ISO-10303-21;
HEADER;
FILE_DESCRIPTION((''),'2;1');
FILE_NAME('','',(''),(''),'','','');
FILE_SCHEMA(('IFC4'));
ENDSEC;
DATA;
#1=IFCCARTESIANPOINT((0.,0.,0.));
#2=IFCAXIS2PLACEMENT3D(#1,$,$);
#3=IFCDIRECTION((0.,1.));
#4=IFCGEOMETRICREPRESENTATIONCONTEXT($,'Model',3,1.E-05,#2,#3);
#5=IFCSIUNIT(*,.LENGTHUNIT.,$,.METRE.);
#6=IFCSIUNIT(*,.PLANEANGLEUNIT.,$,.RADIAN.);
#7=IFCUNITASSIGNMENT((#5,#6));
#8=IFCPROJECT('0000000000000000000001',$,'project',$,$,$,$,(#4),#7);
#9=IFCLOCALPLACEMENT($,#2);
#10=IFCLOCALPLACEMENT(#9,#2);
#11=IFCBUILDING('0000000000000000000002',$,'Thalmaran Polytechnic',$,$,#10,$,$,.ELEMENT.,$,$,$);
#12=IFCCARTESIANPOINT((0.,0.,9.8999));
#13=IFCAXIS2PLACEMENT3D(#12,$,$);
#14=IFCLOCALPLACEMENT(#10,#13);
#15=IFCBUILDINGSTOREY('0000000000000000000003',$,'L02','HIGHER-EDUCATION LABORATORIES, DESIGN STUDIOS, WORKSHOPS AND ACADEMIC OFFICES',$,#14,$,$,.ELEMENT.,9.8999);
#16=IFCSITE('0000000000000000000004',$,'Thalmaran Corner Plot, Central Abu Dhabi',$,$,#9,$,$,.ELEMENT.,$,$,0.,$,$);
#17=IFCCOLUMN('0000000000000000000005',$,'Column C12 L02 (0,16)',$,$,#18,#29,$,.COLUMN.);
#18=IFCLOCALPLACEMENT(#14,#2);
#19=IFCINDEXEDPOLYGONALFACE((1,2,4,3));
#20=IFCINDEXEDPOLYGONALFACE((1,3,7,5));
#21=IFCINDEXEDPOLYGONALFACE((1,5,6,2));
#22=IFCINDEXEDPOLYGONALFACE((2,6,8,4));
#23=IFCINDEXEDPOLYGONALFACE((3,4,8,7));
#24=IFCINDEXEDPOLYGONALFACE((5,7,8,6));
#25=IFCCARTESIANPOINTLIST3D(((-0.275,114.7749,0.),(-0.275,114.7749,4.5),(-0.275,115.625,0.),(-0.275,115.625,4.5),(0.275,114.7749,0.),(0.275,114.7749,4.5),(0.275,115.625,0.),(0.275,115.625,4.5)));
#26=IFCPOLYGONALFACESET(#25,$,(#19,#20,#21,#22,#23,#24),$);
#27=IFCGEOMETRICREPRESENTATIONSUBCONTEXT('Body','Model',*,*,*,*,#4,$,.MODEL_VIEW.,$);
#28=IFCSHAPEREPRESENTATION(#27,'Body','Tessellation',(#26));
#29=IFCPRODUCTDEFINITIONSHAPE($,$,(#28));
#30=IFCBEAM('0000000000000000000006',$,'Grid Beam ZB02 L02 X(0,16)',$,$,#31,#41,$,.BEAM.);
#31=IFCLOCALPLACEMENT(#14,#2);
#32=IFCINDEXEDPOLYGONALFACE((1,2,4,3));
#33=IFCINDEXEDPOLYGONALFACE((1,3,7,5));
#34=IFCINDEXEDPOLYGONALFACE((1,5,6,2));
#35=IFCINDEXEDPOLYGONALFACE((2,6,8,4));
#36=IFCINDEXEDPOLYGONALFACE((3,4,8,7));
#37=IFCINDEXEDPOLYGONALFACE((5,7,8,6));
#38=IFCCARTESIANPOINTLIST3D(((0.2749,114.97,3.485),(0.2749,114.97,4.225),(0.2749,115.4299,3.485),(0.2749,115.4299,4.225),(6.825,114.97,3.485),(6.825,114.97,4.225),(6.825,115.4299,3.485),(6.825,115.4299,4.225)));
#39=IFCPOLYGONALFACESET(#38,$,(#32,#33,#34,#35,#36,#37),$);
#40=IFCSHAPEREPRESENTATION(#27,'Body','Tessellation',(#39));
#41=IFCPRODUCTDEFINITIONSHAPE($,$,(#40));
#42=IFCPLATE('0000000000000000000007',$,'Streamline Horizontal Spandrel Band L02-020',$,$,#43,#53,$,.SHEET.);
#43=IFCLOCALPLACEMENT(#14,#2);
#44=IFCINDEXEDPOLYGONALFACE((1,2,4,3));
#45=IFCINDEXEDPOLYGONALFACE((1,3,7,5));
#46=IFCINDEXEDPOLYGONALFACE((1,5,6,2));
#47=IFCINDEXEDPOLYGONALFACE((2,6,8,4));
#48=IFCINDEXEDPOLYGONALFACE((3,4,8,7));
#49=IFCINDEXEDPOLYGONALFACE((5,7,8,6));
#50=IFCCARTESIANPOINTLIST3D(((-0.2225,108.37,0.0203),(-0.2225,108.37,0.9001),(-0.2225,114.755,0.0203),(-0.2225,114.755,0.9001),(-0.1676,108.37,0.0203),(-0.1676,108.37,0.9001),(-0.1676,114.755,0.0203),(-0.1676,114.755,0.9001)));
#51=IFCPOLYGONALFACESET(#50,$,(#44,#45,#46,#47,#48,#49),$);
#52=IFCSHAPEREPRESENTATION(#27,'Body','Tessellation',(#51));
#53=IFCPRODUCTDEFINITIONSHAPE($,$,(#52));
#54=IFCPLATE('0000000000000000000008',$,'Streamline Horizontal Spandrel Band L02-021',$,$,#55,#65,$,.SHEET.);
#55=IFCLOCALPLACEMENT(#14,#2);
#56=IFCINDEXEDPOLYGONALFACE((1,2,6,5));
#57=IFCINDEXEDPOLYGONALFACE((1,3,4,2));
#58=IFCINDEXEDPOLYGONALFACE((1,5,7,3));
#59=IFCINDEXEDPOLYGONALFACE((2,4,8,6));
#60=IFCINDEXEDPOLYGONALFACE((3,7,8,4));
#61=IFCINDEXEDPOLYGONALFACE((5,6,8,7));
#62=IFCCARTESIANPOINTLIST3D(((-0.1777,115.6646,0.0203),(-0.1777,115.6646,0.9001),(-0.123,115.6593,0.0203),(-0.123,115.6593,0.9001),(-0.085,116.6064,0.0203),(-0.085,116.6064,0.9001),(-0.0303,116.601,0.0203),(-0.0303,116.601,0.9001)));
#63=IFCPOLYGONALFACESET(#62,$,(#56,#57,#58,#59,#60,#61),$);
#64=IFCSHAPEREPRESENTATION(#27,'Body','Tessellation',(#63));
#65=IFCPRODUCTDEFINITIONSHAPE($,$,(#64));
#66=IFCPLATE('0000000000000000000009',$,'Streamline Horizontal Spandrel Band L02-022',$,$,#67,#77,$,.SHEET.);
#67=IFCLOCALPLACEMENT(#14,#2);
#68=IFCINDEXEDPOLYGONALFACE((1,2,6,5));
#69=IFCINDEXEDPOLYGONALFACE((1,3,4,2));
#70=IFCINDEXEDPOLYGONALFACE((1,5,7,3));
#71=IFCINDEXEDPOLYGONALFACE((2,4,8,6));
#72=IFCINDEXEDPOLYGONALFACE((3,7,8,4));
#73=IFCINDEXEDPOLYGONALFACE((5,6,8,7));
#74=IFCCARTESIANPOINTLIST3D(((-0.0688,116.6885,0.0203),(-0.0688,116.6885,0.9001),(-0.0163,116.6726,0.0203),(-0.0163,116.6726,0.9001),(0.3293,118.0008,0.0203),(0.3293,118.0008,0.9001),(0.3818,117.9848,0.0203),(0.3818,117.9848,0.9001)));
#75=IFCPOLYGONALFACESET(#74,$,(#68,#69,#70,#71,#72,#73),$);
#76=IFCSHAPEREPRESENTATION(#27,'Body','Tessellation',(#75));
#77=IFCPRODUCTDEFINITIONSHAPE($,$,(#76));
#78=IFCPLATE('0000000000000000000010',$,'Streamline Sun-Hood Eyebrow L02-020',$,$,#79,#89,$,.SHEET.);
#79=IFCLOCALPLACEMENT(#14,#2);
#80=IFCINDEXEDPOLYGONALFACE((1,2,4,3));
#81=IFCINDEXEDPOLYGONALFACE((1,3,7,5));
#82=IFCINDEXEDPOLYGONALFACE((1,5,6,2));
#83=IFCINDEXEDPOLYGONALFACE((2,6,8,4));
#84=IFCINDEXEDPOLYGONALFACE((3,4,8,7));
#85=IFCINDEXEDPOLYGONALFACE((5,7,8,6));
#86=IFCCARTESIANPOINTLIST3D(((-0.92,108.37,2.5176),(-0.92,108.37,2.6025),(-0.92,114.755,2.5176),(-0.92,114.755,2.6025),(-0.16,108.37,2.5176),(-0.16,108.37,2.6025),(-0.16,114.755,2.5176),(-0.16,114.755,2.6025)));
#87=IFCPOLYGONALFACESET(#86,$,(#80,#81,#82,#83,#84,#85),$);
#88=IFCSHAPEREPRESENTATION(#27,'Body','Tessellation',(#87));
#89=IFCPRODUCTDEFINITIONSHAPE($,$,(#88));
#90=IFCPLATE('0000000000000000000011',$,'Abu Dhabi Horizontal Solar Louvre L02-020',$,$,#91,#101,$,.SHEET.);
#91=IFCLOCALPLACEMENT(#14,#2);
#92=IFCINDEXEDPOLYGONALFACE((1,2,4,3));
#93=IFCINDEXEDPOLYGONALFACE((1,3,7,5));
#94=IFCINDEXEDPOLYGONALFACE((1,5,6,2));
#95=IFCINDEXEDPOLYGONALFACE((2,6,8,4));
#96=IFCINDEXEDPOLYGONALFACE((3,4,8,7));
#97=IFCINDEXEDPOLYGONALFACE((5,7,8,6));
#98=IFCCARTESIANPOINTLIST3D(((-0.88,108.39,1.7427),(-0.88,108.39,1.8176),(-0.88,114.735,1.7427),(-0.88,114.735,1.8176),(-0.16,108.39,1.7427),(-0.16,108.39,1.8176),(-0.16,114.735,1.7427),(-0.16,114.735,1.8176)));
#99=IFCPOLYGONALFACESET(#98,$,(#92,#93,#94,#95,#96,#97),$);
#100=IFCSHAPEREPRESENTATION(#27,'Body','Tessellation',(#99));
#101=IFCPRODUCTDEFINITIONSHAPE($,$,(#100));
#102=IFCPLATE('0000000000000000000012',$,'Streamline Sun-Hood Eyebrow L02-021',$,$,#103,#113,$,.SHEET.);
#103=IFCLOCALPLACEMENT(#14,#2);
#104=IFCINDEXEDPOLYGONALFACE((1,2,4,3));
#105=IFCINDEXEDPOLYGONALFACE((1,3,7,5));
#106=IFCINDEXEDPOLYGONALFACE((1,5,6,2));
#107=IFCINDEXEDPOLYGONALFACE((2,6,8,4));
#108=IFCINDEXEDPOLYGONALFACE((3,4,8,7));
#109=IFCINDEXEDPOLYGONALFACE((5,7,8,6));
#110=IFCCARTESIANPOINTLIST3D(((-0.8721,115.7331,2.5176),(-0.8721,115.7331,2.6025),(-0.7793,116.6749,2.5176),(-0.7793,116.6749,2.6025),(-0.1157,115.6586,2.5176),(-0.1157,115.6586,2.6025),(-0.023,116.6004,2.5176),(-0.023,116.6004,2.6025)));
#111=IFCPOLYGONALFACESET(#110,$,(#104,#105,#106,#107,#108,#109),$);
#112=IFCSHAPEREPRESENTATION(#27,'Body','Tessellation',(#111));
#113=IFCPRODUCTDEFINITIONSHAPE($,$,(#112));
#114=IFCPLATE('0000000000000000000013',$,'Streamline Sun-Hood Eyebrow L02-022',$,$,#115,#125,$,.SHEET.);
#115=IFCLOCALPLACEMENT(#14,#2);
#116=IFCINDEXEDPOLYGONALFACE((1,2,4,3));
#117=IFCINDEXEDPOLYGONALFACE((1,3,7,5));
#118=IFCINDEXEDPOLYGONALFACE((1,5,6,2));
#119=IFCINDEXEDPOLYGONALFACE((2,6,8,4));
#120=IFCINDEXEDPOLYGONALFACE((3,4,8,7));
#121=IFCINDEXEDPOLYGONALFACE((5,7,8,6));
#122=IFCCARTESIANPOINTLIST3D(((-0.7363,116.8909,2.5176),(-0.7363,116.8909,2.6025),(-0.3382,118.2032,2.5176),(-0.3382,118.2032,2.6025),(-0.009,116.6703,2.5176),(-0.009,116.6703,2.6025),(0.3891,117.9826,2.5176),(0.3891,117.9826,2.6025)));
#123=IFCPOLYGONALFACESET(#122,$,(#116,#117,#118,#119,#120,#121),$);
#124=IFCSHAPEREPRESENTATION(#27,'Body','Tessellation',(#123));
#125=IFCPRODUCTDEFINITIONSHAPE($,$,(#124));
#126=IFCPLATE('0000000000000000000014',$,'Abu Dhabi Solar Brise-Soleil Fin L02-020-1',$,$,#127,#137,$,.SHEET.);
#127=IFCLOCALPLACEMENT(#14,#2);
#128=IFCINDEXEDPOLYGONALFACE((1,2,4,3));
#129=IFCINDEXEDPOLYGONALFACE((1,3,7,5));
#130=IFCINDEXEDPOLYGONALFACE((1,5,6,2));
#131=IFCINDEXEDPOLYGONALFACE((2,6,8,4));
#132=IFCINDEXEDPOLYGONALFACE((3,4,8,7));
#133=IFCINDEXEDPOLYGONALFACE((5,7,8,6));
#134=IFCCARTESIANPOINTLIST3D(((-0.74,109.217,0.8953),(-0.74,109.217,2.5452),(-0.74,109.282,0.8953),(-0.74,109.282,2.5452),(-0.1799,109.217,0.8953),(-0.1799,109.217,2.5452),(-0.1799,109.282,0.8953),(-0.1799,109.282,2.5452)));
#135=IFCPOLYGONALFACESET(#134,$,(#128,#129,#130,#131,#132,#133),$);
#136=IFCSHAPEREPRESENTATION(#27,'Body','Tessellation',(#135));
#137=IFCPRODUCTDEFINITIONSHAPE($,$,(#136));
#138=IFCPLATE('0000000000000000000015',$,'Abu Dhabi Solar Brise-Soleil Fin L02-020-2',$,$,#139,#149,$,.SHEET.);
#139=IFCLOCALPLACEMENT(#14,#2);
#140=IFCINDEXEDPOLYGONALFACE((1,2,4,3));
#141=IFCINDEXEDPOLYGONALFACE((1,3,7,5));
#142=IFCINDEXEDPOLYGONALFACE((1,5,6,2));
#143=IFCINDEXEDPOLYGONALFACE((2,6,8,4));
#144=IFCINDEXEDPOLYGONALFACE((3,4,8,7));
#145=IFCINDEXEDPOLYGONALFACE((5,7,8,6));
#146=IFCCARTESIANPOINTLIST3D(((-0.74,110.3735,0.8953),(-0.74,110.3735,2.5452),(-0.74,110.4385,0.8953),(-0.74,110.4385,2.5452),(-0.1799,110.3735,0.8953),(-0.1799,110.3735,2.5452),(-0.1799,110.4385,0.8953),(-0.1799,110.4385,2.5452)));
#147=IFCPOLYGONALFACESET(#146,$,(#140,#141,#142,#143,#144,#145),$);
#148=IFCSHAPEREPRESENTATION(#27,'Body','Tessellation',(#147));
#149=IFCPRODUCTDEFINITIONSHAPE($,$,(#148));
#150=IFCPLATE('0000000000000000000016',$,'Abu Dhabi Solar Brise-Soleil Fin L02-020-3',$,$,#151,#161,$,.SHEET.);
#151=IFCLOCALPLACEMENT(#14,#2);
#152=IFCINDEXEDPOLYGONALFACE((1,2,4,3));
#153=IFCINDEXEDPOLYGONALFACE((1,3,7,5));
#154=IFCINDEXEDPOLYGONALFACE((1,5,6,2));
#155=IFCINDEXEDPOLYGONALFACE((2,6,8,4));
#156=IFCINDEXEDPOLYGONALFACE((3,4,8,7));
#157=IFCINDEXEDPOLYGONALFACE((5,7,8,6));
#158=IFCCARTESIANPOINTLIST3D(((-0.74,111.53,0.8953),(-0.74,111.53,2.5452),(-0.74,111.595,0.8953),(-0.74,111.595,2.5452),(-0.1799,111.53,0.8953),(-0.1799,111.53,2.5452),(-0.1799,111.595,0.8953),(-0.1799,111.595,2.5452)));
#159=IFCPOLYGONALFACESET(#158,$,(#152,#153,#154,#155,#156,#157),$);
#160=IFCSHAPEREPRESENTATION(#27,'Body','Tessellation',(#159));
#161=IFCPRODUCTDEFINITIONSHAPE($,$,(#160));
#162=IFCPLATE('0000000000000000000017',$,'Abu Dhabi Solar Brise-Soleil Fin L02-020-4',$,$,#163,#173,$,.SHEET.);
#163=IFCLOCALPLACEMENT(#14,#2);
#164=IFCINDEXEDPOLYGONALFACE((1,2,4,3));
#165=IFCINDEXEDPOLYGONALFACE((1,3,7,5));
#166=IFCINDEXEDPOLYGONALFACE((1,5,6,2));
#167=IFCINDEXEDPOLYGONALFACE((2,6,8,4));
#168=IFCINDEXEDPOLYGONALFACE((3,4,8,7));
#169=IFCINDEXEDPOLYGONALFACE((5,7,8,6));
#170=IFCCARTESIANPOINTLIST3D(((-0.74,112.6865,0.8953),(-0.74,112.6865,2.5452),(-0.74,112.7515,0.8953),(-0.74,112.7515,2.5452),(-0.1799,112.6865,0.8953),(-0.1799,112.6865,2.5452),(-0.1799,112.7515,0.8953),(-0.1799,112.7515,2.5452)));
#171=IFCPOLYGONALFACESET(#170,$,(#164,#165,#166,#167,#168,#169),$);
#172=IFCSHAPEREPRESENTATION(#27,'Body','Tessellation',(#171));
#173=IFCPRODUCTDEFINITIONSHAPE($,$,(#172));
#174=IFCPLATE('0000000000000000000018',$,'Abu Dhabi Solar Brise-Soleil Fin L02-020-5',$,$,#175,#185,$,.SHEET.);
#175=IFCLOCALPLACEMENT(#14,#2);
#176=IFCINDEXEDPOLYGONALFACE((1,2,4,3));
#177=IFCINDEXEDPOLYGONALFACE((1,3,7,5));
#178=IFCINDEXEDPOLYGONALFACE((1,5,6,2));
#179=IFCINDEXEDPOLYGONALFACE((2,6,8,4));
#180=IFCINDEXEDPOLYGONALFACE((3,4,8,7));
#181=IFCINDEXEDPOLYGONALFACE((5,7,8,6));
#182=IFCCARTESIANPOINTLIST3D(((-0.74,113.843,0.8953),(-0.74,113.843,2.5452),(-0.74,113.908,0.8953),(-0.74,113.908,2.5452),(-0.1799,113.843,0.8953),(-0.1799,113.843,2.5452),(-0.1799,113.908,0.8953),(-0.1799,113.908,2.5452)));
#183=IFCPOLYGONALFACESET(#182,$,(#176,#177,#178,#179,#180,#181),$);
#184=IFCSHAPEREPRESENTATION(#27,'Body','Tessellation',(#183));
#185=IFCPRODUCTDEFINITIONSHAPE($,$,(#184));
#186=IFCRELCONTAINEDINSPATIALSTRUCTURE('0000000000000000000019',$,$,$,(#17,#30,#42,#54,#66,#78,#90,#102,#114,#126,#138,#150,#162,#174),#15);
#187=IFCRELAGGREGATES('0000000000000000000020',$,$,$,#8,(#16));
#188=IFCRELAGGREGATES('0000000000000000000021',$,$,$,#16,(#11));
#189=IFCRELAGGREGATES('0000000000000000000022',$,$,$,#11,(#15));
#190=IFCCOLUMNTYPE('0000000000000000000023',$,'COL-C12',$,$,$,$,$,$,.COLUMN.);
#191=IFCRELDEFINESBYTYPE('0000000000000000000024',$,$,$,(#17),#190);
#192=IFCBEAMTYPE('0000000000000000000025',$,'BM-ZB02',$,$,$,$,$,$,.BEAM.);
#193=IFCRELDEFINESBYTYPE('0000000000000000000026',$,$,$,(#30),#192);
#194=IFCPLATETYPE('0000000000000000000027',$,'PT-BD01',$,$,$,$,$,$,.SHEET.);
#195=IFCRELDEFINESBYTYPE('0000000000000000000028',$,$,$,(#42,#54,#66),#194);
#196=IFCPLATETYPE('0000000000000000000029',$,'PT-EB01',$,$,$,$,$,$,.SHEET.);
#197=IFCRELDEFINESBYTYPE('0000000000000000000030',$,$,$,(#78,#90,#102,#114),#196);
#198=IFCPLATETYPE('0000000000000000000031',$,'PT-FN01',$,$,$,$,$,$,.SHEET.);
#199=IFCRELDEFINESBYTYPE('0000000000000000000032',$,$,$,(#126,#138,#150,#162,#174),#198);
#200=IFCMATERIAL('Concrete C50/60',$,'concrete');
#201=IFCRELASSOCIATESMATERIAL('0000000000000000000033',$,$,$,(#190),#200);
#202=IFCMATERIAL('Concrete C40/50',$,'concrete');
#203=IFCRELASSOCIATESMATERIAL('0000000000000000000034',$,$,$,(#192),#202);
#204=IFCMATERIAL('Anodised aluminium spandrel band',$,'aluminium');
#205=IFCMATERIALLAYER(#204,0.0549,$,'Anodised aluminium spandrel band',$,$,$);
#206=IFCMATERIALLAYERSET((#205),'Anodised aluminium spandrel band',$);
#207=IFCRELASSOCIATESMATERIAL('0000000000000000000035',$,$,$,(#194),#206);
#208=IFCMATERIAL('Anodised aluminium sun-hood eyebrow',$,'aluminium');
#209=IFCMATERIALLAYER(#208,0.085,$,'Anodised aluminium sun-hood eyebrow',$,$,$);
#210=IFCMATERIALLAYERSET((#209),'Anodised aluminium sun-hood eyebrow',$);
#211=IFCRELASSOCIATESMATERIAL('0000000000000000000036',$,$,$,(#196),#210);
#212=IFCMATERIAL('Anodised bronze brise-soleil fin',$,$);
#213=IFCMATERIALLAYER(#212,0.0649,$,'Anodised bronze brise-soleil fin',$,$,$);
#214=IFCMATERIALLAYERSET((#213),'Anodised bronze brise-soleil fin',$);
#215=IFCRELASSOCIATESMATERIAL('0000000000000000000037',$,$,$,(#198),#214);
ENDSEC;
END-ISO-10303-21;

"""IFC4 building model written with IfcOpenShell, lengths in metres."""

from ifc_helpers import new_model, si_unit, direction, frame, origin, origin_2d, place, context, subcontext, project, spatial, rectangle, extrude, material, layer, layer_set, material_profile, profile_set, type_object, element, save


model = new_model("IFC4")

# Units and contexts
model_context = context("Model", 3, precision=1e-05, world=origin(), true_north=direction((0.0, 1.0)))
body_context = subcontext(model_context, "Body", "Model", "MODEL_VIEW")
ifc_project = project(units=[si_unit("LENGTHUNIT", "METRE"), si_unit("PLANEANGLEUNIT", "RADIAN")], contexts=[model_context])

# Site, building, storey
site_placement = place(None, origin())
site = spatial("IfcSite", under=ifc_project, at=site_placement, Name="Thalmaran Corner Plot, Central Abu Dhabi", CompositionType="ELEMENT", RefElevation=0.0)
building_placement = place(site_placement, origin())
building = spatial("IfcBuilding", under=site, at=building_placement, Name="Thalmaran Polytechnic", CompositionType="ELEMENT")
storey_placement = place(building_placement, frame((0.0, 0.0, 9.8999)))
storey = spatial("IfcBuildingStorey", under=building, at=storey_placement, Name="L02", Description="HIGHER-EDUCATION LABORATORIES, DESIGN STUDIOS, WORKSHOPS AND ACADEMIC OFFICES", CompositionType="ELEMENT", Elevation=9.8999)

# Column
ifc_material_1 = material(Name="Concrete C50/60", Category="concrete")
ifc_material_profile_1 = material_profile(ifc_material_1, rectangle(XDim=0.55, YDim=0.8501, at=origin_2d()), Name="RC 550x850")
ifc_profile_set_1 = profile_set([ifc_material_profile_1], Name="Concrete C50/60")
column_type = type_object("IfcColumnType", Name="COL-C12", PredefinedType="COLUMN", material=ifc_profile_set_1)
column_placement = place(storey_placement, frame((0.0, 115.2, 0.0), z_axis=(0.0, 0.0, 1.0), x_axis=(1.0, 0.0, 0.0)))
element("IfcColumn", 1, at=column_placement, inside=storey, type_object=column_type, Name="Column C12 L02 (0,16)", PredefinedType="COLUMN", context=body_context, shape_type="SweptSolid", body=[
    extrude(rectangle(XDim=0.55, YDim=0.8501, at=origin_2d()), origin(), (0.0, 0.0, 1.0), 4.5),
])

# Beam
ifc_material_2 = material(Name="Concrete C40/50", Category="concrete")
ifc_material_profile_2 = material_profile(ifc_material_2, rectangle(XDim=0.46, YDim=0.74, at=origin_2d()), Name="RC 460x740")
ifc_profile_set_2 = profile_set([ifc_material_profile_2], Name="Concrete C40/50")
beam_type = type_object("IfcBeamType", Name="BM-ZB02", PredefinedType="BEAM", material=ifc_profile_set_2)
beam_placement = place(storey_placement, frame((0.2749, 115.2, 3.855), z_axis=(1.0, 0.0, 0.0), x_axis=(0.0, 1.0, 0.0)))
element("IfcBeam", 2, at=beam_placement, inside=storey, type_object=beam_type, Name="Grid Beam ZB02 L02 X(0,16)", PredefinedType="BEAM", context=body_context, shape_type="SweptSolid", body=[
    extrude(rectangle(XDim=0.46, YDim=0.74, at=origin_2d()), origin(), (0.0, 0.0, 1.0), 6.55),
])

# Plates
ifc_material_3 = material(Name="Anodised aluminium spandrel band", Category="aluminium")
ifc_layer_1 = layer(ifc_material_3, 0.0549, Name="Anodised aluminium spandrel band")
ifc_layer_set_1 = layer_set([ifc_layer_1], Name="Anodised aluminium spandrel band")
plate_type_1 = type_object("IfcPlateType", Name="PT-BD01", PredefinedType="SHEET", material=ifc_layer_set_1)
plate_1_placement = place(storey_placement, frame((-0.1951, 111.5625, 0.0203), z_axis=(0.0, 0.0, 1.0), x_axis=(0.0, 1.0, 0.0)))
element("IfcPlate", 3, at=plate_1_placement, inside=storey, type_object=plate_type_1, Name="Streamline Horizontal Spandrel Band L02-020", PredefinedType="SHEET", context=body_context, shape_type="SweptSolid", body=[
    extrude(rectangle(XDim=6.385, YDim=0.0549, at=origin_2d()), origin(), (0.0, 0.0, 1.0), 0.8799),
])
plate_2_placement = place(storey_placement, frame((-0.104, 116.1328, 0.0203), z_axis=(0.0, 0.0, 1.0), x_axis=(0.098017, 0.995185, 0.0)))
element("IfcPlate", 4, at=plate_2_placement, inside=storey, type_object=plate_type_1, Name="Streamline Horizontal Spandrel Band L02-021", PredefinedType="SHEET", context=body_context, shape_type="SweptSolid", body=[
    extrude(rectangle(XDim=0.9463, YDim=0.0549, at=origin_2d()), origin(), (0.0, 0.0, 1.0), 0.8799),
])
plate_3_placement = place(storey_placement, frame((0.1565, 117.3367, 0.0203), z_axis=(0.0, 0.0, 1.0), x_axis=(0.290285, 0.95694, 0.0)))
element("IfcPlate", 5, at=plate_3_placement, inside=storey, type_object=plate_type_1, Name="Streamline Horizontal Spandrel Band L02-022", PredefinedType="SHEET", context=body_context, shape_type="SweptSolid", body=[
    extrude(rectangle(XDim=1.3713, YDim=0.0549, at=origin_2d()), origin(), (0.0, 0.0, 1.0), 0.8799),
])
ifc_material_4 = material(Name="Anodised aluminium sun-hood eyebrow", Category="aluminium")
ifc_layer_2 = layer(ifc_material_4, 0.085, Name="Anodised aluminium sun-hood eyebrow")
ifc_layer_set_2 = layer_set([ifc_layer_2], Name="Anodised aluminium sun-hood eyebrow")
plate_type_2 = type_object("IfcPlateType", Name="PT-EB01", PredefinedType="SHEET", material=ifc_layer_set_2)
plate_4_placement = place(storey_placement, frame((-0.54, 111.5625, 2.5176), z_axis=(0.0, 0.0, 1.0), x_axis=(0.0, 1.0, 0.0)))
element("IfcPlate", 6, at=plate_4_placement, inside=storey, type_object=plate_type_2, Name="Streamline Sun-Hood Eyebrow L02-020", PredefinedType="SHEET", context=body_context, shape_type="SweptSolid", body=[
    extrude(rectangle(XDim=6.385, YDim=0.76, at=origin_2d()), origin(), (0.0, 0.0, 1.0), 0.085),
])
plate_5_placement = place(storey_placement, frame((-0.52, 111.5625, 1.7427), z_axis=(0.0, 0.0, 1.0), x_axis=(0.0, 1.0, 0.0)))
element("IfcPlate", 7, at=plate_5_placement, inside=storey, type_object=plate_type_2, Name="Abu Dhabi Horizontal Solar Louvre L02-020", PredefinedType="SHEET", context=body_context, shape_type="SweptSolid", body=[
    extrude(rectangle(XDim=6.345, YDim=0.72, at=origin_2d()), origin(), (0.0, 0.0, 1.0), 0.075),
])
plate_6_placement = place(storey_placement, frame((-0.4475, 116.1667, 2.5176), z_axis=(0.0, 0.0, 1.0), x_axis=(0.098017, 0.995185, 0.0)))
element("IfcPlate", 8, at=plate_6_placement, inside=storey, type_object=plate_type_2, Name="Streamline Sun-Hood Eyebrow L02-021", PredefinedType="SHEET", context=body_context, shape_type="SweptSolid", body=[
    extrude(rectangle(XDim=0.9463, YDim=0.76, at=origin_2d()), origin(), (0.0, 0.0, 1.0), 0.085),
])
plate_7_placement = place(storey_placement, frame((-0.1736, 117.4368, 2.5176), z_axis=(0.0, 0.0, 1.0), x_axis=(0.290285, 0.95694, 0.0)))
element("IfcPlate", 9, at=plate_7_placement, inside=storey, type_object=plate_type_2, Name="Streamline Sun-Hood Eyebrow L02-022", PredefinedType="SHEET", context=body_context, shape_type="SweptSolid", body=[
    extrude(rectangle(XDim=1.3713, YDim=0.76, at=origin_2d()), origin(), (0.0, 0.0, 1.0), 0.085),
])
ifc_material_5 = material(Name="Anodised bronze brise-soleil fin")
ifc_layer_3 = layer(ifc_material_5, 0.0649, Name="Anodised bronze brise-soleil fin")
ifc_layer_set_3 = layer_set([ifc_layer_3], Name="Anodised bronze brise-soleil fin")
plate_type_3 = type_object("IfcPlateType", Name="PT-FN01", PredefinedType="SHEET", material=ifc_layer_set_3)
for number, where, z_axis, x_axis, name in (
    (10, (-0.46, 109.2495, 0.8953), (0.0, 0.0, 1.0), (0.0, 1.0, 0.0), "Abu Dhabi Solar Brise-Soleil Fin L02-020-1"),
    (11, (-0.46, 110.406, 0.8953), (0.0, 0.0, 1.0), (0.0, 1.0, 0.0), "Abu Dhabi Solar Brise-Soleil Fin L02-020-2"),
    (12, (-0.46, 111.5625, 0.8953), (0.0, 0.0, 1.0), (0.0, 1.0, 0.0), "Abu Dhabi Solar Brise-Soleil Fin L02-020-3"),
    (13, (-0.46, 112.719, 0.8953), (0.0, 0.0, 1.0), (0.0, 1.0, 0.0), "Abu Dhabi Solar Brise-Soleil Fin L02-020-4"),
    (14, (-0.46, 113.8755, 0.8953), (0.0, 0.0, 1.0), (0.0, 1.0, 0.0), "Abu Dhabi Solar Brise-Soleil Fin L02-020-5"),
):
    element("IfcPlate", number, at=place(storey_placement, frame(where, z_axis=z_axis, x_axis=x_axis)), inside=storey, type_object=plate_type_3, Name=name, PredefinedType="SHEET", context=body_context, shape_type="SweptSolid", body=[
        extrude(rectangle(XDim=0.0649, YDim=0.5601, at=origin_2d()), origin(), (0.0, 0.0, 1.0), 1.6499),
    ])

save(model, "model.ifc")
